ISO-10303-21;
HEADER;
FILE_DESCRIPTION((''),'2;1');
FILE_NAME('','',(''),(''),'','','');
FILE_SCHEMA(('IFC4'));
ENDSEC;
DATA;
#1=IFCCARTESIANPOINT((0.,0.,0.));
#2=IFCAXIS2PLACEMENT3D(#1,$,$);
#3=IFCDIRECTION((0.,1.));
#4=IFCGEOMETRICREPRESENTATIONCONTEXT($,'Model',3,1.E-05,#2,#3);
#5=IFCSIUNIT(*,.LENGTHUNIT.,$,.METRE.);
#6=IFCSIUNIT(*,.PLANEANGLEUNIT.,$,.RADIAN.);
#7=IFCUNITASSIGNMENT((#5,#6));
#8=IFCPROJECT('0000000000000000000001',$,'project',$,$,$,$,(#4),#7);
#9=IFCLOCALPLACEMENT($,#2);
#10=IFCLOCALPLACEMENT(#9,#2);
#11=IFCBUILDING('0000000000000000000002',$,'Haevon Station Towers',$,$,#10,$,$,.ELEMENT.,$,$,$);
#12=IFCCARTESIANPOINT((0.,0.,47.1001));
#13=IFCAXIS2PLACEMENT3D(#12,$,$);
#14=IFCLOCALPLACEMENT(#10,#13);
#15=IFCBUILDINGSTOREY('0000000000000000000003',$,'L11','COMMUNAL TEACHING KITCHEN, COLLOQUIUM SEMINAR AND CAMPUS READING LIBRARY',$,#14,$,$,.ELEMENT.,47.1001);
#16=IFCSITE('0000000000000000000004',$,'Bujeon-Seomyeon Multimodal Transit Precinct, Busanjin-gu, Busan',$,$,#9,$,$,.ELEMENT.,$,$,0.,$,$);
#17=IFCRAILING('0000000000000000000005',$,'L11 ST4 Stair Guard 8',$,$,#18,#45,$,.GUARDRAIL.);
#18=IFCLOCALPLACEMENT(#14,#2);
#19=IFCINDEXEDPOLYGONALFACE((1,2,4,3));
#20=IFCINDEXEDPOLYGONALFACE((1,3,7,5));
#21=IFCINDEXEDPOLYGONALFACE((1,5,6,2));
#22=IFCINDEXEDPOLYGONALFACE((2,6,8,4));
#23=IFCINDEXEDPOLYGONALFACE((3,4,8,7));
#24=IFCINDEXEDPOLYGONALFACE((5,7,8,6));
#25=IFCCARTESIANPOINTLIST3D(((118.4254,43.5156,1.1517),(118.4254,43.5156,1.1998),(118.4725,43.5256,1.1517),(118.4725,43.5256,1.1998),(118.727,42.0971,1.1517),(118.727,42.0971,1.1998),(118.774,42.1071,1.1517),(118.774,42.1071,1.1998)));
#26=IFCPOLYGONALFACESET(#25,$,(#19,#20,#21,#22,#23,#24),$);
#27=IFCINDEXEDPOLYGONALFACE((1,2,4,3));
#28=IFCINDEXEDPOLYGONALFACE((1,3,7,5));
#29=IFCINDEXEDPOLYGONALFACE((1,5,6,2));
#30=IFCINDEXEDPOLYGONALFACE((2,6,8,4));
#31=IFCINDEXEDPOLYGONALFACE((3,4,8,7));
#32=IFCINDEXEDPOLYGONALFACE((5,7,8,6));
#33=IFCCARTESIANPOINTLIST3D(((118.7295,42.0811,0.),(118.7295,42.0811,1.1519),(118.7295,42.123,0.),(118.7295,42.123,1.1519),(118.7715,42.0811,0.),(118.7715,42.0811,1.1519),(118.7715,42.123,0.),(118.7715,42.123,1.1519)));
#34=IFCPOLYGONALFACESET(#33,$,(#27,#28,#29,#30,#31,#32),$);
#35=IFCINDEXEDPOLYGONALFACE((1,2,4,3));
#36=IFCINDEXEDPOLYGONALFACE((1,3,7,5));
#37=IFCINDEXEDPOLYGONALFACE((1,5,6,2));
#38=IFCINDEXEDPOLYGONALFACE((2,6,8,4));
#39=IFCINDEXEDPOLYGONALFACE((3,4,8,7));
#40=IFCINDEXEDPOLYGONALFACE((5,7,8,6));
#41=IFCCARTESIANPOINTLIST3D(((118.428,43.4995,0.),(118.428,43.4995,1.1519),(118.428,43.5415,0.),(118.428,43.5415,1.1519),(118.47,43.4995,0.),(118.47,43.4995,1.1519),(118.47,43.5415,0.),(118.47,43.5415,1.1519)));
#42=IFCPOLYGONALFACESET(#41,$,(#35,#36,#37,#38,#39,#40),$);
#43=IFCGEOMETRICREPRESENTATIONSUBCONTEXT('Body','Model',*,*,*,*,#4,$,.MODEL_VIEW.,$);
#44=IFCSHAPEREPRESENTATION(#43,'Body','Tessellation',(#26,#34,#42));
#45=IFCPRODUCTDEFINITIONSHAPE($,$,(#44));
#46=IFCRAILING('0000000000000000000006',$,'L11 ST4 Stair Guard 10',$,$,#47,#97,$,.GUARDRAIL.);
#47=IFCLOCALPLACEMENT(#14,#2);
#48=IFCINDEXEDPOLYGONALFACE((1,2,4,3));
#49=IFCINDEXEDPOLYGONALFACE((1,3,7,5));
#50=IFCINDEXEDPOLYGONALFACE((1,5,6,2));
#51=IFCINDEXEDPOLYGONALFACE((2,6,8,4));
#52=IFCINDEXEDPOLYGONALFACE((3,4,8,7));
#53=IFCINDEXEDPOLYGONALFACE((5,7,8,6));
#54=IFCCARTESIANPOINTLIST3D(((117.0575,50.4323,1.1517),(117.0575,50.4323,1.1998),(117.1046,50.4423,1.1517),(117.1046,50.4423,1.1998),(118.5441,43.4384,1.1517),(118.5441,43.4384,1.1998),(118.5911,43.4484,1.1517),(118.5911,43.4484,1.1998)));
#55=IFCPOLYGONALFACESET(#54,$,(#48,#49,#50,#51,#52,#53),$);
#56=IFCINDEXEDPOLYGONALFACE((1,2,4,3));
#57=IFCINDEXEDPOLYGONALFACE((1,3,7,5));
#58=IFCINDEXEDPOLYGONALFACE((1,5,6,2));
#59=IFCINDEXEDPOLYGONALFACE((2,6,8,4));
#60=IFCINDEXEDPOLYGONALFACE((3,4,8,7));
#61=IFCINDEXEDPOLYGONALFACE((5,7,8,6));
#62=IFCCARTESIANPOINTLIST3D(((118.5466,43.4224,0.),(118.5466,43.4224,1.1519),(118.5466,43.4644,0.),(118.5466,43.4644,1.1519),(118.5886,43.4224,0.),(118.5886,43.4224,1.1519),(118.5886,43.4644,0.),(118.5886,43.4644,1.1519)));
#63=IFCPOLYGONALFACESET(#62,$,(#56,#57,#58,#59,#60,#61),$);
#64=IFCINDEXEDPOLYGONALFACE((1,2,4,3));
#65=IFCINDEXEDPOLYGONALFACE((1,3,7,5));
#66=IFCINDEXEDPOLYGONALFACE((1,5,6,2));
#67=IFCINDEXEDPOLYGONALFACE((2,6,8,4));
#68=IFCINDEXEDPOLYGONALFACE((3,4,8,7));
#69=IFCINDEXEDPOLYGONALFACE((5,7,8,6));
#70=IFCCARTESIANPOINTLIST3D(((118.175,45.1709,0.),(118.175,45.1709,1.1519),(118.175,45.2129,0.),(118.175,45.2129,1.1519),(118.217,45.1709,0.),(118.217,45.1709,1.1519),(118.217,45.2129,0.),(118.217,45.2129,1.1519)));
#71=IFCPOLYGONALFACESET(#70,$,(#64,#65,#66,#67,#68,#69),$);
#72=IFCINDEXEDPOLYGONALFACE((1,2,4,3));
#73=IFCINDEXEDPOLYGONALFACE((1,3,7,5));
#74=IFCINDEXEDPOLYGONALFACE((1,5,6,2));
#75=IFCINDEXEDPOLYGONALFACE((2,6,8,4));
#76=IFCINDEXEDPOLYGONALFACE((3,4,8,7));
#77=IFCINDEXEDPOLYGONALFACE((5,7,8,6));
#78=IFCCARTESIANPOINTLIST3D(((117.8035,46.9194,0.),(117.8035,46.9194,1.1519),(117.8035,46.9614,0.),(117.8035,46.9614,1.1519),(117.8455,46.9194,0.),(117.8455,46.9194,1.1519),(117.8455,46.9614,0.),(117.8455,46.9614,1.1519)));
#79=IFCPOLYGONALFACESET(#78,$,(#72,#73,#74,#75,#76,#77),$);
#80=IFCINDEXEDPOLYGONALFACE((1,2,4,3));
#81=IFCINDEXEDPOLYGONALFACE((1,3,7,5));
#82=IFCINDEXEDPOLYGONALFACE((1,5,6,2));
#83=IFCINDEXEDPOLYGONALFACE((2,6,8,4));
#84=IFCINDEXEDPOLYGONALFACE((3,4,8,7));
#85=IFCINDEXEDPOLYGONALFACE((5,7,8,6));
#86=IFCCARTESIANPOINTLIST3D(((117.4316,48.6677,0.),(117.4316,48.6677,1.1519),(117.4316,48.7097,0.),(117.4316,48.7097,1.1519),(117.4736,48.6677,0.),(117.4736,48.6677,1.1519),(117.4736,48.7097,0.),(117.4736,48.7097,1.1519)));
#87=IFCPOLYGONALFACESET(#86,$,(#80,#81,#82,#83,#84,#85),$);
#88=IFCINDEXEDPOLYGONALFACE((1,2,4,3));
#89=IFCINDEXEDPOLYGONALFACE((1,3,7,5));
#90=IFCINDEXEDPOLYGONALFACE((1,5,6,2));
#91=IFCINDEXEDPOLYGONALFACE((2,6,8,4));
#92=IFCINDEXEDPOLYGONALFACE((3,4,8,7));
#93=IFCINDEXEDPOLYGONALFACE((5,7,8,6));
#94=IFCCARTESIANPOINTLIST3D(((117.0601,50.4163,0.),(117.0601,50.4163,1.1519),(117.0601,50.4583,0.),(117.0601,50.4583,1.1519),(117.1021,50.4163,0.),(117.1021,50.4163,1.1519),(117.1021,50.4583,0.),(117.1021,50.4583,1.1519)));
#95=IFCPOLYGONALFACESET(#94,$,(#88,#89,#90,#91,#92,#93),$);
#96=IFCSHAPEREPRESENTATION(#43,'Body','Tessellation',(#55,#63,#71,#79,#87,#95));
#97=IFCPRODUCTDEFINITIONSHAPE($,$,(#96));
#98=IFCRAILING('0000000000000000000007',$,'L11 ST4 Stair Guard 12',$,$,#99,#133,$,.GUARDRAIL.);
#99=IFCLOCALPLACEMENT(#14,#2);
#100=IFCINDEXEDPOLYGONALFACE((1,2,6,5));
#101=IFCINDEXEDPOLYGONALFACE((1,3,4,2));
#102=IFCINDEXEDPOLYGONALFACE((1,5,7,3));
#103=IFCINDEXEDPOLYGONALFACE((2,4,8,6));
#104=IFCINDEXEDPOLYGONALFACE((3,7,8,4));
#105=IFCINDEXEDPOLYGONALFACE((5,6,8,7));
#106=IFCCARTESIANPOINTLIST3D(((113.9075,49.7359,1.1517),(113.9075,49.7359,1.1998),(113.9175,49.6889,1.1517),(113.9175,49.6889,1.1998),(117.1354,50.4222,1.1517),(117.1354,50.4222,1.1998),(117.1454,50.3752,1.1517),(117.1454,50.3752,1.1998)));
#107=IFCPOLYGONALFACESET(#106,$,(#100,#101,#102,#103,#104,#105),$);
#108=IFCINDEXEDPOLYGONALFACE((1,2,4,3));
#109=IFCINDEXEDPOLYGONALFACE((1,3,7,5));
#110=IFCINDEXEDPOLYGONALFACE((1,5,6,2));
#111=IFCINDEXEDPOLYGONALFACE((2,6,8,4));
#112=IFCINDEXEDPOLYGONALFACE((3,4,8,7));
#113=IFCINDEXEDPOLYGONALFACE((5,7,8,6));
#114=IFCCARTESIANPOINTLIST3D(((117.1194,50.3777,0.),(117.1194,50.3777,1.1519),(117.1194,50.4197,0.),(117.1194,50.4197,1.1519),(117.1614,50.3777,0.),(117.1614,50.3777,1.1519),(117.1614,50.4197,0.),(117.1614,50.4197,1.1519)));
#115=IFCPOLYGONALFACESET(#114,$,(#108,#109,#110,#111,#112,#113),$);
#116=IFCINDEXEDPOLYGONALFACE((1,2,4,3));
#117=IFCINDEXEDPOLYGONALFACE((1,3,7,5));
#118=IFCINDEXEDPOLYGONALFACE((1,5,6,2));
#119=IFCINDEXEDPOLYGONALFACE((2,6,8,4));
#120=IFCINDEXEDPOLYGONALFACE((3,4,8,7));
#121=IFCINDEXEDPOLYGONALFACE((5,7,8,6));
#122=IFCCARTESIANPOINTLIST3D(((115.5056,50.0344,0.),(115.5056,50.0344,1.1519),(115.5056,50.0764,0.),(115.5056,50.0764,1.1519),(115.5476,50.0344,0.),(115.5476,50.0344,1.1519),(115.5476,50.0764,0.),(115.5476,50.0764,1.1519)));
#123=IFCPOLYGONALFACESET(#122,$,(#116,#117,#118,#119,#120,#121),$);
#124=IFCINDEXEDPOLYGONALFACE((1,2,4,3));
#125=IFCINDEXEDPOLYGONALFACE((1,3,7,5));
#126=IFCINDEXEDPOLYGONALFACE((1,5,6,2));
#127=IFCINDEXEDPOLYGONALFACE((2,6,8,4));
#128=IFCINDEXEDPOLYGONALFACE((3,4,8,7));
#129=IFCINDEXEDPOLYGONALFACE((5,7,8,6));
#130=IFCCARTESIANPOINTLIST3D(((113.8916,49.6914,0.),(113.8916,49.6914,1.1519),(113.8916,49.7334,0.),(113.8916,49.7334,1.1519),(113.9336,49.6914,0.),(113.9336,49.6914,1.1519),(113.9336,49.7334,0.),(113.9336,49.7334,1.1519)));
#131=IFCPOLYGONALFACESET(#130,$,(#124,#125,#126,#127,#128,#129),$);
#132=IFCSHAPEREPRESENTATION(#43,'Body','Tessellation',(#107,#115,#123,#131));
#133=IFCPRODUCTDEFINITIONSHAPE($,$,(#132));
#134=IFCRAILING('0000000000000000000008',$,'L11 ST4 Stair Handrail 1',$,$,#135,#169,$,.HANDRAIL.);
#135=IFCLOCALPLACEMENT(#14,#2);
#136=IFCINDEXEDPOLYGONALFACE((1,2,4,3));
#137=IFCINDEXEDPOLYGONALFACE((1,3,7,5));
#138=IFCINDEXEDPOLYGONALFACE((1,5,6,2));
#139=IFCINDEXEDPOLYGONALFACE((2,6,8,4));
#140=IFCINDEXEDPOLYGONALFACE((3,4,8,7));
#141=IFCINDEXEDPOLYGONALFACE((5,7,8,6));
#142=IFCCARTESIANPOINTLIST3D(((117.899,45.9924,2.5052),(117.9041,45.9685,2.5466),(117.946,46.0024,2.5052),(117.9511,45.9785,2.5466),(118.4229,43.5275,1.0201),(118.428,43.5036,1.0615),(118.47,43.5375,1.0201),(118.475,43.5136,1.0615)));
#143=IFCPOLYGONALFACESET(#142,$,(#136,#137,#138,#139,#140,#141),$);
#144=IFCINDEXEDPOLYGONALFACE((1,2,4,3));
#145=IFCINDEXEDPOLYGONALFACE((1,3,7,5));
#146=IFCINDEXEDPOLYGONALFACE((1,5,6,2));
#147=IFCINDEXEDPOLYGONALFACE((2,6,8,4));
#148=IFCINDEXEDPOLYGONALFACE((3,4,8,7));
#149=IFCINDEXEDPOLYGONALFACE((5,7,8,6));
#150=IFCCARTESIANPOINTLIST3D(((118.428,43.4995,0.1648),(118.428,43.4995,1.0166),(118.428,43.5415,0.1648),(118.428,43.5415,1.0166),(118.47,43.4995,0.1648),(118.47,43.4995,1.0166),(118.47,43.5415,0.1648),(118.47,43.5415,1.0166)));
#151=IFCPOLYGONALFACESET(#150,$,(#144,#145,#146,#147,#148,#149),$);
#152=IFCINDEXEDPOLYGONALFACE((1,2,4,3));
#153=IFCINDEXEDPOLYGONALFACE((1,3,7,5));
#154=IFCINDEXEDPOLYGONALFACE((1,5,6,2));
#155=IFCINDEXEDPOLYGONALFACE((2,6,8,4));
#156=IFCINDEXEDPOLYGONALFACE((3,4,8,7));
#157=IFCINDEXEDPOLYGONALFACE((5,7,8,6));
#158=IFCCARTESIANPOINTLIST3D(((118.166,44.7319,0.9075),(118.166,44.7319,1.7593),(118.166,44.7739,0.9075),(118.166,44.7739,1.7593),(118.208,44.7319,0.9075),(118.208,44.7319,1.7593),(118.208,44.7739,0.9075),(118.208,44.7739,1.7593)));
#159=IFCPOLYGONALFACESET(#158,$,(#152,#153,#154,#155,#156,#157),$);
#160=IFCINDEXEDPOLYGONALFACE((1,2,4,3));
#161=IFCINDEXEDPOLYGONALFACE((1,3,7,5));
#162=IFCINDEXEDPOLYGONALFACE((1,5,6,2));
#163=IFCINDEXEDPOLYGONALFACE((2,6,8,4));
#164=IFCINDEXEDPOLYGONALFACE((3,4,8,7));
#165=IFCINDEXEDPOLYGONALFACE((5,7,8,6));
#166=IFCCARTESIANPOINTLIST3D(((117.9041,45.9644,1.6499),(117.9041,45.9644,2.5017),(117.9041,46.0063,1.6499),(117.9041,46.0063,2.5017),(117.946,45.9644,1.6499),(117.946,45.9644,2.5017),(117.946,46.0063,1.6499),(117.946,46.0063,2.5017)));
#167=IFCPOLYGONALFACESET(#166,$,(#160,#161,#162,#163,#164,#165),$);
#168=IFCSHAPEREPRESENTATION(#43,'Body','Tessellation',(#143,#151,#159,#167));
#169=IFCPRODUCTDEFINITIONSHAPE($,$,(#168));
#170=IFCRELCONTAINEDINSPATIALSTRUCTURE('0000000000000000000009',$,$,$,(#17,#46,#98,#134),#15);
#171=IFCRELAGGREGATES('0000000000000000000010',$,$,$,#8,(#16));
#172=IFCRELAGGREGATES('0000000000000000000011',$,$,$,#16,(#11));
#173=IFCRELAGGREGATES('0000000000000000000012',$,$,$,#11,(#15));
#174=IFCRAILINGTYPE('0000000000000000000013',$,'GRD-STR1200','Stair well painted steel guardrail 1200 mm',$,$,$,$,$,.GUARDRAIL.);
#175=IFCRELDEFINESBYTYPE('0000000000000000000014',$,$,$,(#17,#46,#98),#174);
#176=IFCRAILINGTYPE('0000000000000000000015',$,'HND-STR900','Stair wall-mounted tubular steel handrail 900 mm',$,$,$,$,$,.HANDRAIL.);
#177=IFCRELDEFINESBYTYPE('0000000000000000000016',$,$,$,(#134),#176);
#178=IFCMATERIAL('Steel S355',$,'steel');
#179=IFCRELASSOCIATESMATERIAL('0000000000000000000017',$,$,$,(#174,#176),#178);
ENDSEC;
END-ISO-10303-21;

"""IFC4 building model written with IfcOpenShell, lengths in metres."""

from ifc_helpers import new_model, si_unit, direction, frame, origin, origin_2d, place, context, subcontext, project, spatial, rectangle, extrude, material, type_object, element, save


model = new_model("IFC4")

# Units and contexts
model_context = context("Model", 3, precision=1e-05, world=origin(), true_north=direction((0.0, 1.0)))
body_context = subcontext(model_context, "Body", "Model", "MODEL_VIEW")
ifc_project = project(units=[si_unit("LENGTHUNIT", "METRE"), si_unit("PLANEANGLEUNIT", "RADIAN")], contexts=[model_context])

# Site, building, storey
site_placement = place(None, origin())
site = spatial("IfcSite", under=ifc_project, at=site_placement, Name="Bujeon-Seomyeon Multimodal Transit Precinct, Busanjin-gu, Busan", CompositionType="ELEMENT", RefElevation=0.0)
building_placement = place(site_placement, origin())
building = spatial("IfcBuilding", under=site, at=building_placement, Name="Haevon Station Towers", CompositionType="ELEMENT")
storey_placement = place(building_placement, frame((0.0, 0.0, 47.1001)))
storey = spatial("IfcBuildingStorey", under=building, at=storey_placement, Name="L11", Description="COMMUNAL TEACHING KITCHEN, COLLOQUIUM SEMINAR AND CAMPUS READING LIBRARY", CompositionType="ELEMENT", Elevation=47.1001)

# Shared definitions
ifc_material_1 = material(Name="Steel S355", Category="steel")

# Railings
railing_type_1 = type_object("IfcRailingType", Name="GRD-STR1200", Description="Stair well painted steel guardrail 1200 mm", PredefinedType="GUARDRAIL", material=ifc_material_1)
railing_1_placement = place(storey_placement, frame((118.7505, 42.1021, 0.0)))
element("IfcRailing", 1, at=railing_1_placement, inside=storey, type_object=railing_type_1, Name="L11 ST4 Stair Guard 8", PredefinedType="GUARDRAIL", context=body_context, shape_type="SweptSolid", body=[
    extrude(rectangle(XDim=0.0481, YDim=0.0481, at=origin_2d()), frame((0.0, 0.0, 1.1758), z_axis=(-0.207919, 0.978146, 0.0), x_axis=(-0.978146, -0.207919, 0.0)), (0.0, 0.0, 1.0), 1.4502),
    extrude(rectangle(XDim=0.042, YDim=0.042, at=origin_2d()), origin(), (0.0, 0.0, 1.0), 1.1519),
    extrude(rectangle(XDim=0.042, YDim=0.042, at=origin_2d()), frame((-0.3015, 1.4185, 0.0)), (0.0, 0.0, 1.0), 1.1519),
])
railing_2_placement = place(storey_placement, frame((118.5676, 43.4434, 0.0)))
element("IfcRailing", 2, at=railing_2_placement, inside=storey, type_object=railing_type_1, Name="L11 ST4 Stair Guard 10", PredefinedType="GUARDRAIL", context=body_context, shape_type="SweptSolid", body=[
    extrude(rectangle(XDim=0.0481, YDim=0.0481, at=origin_2d()), frame((0.0, 0.0, 1.1758), z_axis=(-0.207908, 0.978148, 0.0), x_axis=(-0.978148, -0.207908, 0.0)), (0.0, 0.0, 1.0), 7.1501),
    extrude(rectangle(XDim=0.042, YDim=0.042, at=origin_2d()), origin(), (0.0, 0.0, 1.0), 1.1519),
    extrude(rectangle(XDim=0.042, YDim=0.042, at=origin_2d()), frame((-0.3716, 1.7485, 0.0)), (0.0, 0.0, 1.0), 1.1519),
    extrude(rectangle(XDim=0.042, YDim=0.042, at=origin_2d()), frame((-0.7432, 3.4971, 0.0)), (0.0, 0.0, 1.0), 1.1519),
    extrude(rectangle(XDim=0.042, YDim=0.042, at=origin_2d()), frame((-1.115, 5.2454, 0.0)), (0.0, 0.0, 1.0), 1.1519),
    extrude(rectangle(XDim=0.042, YDim=0.042, at=origin_2d()), frame((-1.4866, 6.9939, 0.0)), (0.0, 0.0, 1.0), 1.1519),
])
railing_3_placement = place(storey_placement, frame((117.1404, 50.3987, 0.0)))
element("IfcRailing", 3, at=railing_3_placement, inside=storey, type_object=railing_type_1, Name="L11 ST4 Stair Guard 12", PredefinedType="GUARDRAIL", context=body_context, shape_type="SweptSolid", body=[
    extrude(rectangle(XDim=0.0481, YDim=0.0481, at=origin_2d()), frame((0.0, 0.0, 1.1758), z_axis=(-0.978136, -0.207968, 0.0), x_axis=(0.207968, -0.978136, 0.0)), (0.0, 0.0, 1.0), 3.3),
    extrude(rectangle(XDim=0.042, YDim=0.042, at=origin_2d()), origin(), (0.0, 0.0, 1.0), 1.1519),
    extrude(rectangle(XDim=0.042, YDim=0.042, at=origin_2d()), frame((-1.6138, -0.3433, 0.0)), (0.0, 0.0, 1.0), 1.1519),
    extrude(rectangle(XDim=0.042, YDim=0.042, at=origin_2d()), frame((-3.2278, -0.6863, 0.0)), (0.0, 0.0, 1.0), 1.1519),
])
railing_type_2 = type_object("IfcRailingType", Name="HND-STR900", Description="Stair wall-mounted tubular steel handrail 900 mm", PredefinedType="HANDRAIL", material=ifc_material_1)
railing_4_placement = place(storey_placement, frame((118.449, 43.5205, 0.1648)))
element("IfcRailing", 4, at=railing_4_placement, inside=storey, type_object=railing_type_2, Name="L11 ST4 Stair Handrail 1", PredefinedType="HANDRAIL", context=body_context, shape_type="SweptSolid", body=[
    extrude(rectangle(XDim=0.0481, YDim=0.0481, at=origin_2d()), frame((0.0, 0.0, 0.876), z_axis=(-0.179121, 0.842688, 0.507733), x_axis=(-0.978147, -0.207914, 0.0)), (0.0, 0.0, 1.0), 2.925),
    extrude(rectangle(XDim=0.042, YDim=0.042, at=origin_2d()), origin(), (0.0, 0.0, 1.0), 0.8518),
    extrude(rectangle(XDim=0.042, YDim=0.042, at=origin_2d()), frame((-0.262, 1.2324, 0.7427)), (0.0, 0.0, 1.0), 0.8518),
    extrude(rectangle(XDim=0.042, YDim=0.042, at=origin_2d()), frame((-0.5239, 2.4648, 1.4851)), (0.0, 0.0, 1.0), 0.8518),
])

save(model, "model.ifc")
